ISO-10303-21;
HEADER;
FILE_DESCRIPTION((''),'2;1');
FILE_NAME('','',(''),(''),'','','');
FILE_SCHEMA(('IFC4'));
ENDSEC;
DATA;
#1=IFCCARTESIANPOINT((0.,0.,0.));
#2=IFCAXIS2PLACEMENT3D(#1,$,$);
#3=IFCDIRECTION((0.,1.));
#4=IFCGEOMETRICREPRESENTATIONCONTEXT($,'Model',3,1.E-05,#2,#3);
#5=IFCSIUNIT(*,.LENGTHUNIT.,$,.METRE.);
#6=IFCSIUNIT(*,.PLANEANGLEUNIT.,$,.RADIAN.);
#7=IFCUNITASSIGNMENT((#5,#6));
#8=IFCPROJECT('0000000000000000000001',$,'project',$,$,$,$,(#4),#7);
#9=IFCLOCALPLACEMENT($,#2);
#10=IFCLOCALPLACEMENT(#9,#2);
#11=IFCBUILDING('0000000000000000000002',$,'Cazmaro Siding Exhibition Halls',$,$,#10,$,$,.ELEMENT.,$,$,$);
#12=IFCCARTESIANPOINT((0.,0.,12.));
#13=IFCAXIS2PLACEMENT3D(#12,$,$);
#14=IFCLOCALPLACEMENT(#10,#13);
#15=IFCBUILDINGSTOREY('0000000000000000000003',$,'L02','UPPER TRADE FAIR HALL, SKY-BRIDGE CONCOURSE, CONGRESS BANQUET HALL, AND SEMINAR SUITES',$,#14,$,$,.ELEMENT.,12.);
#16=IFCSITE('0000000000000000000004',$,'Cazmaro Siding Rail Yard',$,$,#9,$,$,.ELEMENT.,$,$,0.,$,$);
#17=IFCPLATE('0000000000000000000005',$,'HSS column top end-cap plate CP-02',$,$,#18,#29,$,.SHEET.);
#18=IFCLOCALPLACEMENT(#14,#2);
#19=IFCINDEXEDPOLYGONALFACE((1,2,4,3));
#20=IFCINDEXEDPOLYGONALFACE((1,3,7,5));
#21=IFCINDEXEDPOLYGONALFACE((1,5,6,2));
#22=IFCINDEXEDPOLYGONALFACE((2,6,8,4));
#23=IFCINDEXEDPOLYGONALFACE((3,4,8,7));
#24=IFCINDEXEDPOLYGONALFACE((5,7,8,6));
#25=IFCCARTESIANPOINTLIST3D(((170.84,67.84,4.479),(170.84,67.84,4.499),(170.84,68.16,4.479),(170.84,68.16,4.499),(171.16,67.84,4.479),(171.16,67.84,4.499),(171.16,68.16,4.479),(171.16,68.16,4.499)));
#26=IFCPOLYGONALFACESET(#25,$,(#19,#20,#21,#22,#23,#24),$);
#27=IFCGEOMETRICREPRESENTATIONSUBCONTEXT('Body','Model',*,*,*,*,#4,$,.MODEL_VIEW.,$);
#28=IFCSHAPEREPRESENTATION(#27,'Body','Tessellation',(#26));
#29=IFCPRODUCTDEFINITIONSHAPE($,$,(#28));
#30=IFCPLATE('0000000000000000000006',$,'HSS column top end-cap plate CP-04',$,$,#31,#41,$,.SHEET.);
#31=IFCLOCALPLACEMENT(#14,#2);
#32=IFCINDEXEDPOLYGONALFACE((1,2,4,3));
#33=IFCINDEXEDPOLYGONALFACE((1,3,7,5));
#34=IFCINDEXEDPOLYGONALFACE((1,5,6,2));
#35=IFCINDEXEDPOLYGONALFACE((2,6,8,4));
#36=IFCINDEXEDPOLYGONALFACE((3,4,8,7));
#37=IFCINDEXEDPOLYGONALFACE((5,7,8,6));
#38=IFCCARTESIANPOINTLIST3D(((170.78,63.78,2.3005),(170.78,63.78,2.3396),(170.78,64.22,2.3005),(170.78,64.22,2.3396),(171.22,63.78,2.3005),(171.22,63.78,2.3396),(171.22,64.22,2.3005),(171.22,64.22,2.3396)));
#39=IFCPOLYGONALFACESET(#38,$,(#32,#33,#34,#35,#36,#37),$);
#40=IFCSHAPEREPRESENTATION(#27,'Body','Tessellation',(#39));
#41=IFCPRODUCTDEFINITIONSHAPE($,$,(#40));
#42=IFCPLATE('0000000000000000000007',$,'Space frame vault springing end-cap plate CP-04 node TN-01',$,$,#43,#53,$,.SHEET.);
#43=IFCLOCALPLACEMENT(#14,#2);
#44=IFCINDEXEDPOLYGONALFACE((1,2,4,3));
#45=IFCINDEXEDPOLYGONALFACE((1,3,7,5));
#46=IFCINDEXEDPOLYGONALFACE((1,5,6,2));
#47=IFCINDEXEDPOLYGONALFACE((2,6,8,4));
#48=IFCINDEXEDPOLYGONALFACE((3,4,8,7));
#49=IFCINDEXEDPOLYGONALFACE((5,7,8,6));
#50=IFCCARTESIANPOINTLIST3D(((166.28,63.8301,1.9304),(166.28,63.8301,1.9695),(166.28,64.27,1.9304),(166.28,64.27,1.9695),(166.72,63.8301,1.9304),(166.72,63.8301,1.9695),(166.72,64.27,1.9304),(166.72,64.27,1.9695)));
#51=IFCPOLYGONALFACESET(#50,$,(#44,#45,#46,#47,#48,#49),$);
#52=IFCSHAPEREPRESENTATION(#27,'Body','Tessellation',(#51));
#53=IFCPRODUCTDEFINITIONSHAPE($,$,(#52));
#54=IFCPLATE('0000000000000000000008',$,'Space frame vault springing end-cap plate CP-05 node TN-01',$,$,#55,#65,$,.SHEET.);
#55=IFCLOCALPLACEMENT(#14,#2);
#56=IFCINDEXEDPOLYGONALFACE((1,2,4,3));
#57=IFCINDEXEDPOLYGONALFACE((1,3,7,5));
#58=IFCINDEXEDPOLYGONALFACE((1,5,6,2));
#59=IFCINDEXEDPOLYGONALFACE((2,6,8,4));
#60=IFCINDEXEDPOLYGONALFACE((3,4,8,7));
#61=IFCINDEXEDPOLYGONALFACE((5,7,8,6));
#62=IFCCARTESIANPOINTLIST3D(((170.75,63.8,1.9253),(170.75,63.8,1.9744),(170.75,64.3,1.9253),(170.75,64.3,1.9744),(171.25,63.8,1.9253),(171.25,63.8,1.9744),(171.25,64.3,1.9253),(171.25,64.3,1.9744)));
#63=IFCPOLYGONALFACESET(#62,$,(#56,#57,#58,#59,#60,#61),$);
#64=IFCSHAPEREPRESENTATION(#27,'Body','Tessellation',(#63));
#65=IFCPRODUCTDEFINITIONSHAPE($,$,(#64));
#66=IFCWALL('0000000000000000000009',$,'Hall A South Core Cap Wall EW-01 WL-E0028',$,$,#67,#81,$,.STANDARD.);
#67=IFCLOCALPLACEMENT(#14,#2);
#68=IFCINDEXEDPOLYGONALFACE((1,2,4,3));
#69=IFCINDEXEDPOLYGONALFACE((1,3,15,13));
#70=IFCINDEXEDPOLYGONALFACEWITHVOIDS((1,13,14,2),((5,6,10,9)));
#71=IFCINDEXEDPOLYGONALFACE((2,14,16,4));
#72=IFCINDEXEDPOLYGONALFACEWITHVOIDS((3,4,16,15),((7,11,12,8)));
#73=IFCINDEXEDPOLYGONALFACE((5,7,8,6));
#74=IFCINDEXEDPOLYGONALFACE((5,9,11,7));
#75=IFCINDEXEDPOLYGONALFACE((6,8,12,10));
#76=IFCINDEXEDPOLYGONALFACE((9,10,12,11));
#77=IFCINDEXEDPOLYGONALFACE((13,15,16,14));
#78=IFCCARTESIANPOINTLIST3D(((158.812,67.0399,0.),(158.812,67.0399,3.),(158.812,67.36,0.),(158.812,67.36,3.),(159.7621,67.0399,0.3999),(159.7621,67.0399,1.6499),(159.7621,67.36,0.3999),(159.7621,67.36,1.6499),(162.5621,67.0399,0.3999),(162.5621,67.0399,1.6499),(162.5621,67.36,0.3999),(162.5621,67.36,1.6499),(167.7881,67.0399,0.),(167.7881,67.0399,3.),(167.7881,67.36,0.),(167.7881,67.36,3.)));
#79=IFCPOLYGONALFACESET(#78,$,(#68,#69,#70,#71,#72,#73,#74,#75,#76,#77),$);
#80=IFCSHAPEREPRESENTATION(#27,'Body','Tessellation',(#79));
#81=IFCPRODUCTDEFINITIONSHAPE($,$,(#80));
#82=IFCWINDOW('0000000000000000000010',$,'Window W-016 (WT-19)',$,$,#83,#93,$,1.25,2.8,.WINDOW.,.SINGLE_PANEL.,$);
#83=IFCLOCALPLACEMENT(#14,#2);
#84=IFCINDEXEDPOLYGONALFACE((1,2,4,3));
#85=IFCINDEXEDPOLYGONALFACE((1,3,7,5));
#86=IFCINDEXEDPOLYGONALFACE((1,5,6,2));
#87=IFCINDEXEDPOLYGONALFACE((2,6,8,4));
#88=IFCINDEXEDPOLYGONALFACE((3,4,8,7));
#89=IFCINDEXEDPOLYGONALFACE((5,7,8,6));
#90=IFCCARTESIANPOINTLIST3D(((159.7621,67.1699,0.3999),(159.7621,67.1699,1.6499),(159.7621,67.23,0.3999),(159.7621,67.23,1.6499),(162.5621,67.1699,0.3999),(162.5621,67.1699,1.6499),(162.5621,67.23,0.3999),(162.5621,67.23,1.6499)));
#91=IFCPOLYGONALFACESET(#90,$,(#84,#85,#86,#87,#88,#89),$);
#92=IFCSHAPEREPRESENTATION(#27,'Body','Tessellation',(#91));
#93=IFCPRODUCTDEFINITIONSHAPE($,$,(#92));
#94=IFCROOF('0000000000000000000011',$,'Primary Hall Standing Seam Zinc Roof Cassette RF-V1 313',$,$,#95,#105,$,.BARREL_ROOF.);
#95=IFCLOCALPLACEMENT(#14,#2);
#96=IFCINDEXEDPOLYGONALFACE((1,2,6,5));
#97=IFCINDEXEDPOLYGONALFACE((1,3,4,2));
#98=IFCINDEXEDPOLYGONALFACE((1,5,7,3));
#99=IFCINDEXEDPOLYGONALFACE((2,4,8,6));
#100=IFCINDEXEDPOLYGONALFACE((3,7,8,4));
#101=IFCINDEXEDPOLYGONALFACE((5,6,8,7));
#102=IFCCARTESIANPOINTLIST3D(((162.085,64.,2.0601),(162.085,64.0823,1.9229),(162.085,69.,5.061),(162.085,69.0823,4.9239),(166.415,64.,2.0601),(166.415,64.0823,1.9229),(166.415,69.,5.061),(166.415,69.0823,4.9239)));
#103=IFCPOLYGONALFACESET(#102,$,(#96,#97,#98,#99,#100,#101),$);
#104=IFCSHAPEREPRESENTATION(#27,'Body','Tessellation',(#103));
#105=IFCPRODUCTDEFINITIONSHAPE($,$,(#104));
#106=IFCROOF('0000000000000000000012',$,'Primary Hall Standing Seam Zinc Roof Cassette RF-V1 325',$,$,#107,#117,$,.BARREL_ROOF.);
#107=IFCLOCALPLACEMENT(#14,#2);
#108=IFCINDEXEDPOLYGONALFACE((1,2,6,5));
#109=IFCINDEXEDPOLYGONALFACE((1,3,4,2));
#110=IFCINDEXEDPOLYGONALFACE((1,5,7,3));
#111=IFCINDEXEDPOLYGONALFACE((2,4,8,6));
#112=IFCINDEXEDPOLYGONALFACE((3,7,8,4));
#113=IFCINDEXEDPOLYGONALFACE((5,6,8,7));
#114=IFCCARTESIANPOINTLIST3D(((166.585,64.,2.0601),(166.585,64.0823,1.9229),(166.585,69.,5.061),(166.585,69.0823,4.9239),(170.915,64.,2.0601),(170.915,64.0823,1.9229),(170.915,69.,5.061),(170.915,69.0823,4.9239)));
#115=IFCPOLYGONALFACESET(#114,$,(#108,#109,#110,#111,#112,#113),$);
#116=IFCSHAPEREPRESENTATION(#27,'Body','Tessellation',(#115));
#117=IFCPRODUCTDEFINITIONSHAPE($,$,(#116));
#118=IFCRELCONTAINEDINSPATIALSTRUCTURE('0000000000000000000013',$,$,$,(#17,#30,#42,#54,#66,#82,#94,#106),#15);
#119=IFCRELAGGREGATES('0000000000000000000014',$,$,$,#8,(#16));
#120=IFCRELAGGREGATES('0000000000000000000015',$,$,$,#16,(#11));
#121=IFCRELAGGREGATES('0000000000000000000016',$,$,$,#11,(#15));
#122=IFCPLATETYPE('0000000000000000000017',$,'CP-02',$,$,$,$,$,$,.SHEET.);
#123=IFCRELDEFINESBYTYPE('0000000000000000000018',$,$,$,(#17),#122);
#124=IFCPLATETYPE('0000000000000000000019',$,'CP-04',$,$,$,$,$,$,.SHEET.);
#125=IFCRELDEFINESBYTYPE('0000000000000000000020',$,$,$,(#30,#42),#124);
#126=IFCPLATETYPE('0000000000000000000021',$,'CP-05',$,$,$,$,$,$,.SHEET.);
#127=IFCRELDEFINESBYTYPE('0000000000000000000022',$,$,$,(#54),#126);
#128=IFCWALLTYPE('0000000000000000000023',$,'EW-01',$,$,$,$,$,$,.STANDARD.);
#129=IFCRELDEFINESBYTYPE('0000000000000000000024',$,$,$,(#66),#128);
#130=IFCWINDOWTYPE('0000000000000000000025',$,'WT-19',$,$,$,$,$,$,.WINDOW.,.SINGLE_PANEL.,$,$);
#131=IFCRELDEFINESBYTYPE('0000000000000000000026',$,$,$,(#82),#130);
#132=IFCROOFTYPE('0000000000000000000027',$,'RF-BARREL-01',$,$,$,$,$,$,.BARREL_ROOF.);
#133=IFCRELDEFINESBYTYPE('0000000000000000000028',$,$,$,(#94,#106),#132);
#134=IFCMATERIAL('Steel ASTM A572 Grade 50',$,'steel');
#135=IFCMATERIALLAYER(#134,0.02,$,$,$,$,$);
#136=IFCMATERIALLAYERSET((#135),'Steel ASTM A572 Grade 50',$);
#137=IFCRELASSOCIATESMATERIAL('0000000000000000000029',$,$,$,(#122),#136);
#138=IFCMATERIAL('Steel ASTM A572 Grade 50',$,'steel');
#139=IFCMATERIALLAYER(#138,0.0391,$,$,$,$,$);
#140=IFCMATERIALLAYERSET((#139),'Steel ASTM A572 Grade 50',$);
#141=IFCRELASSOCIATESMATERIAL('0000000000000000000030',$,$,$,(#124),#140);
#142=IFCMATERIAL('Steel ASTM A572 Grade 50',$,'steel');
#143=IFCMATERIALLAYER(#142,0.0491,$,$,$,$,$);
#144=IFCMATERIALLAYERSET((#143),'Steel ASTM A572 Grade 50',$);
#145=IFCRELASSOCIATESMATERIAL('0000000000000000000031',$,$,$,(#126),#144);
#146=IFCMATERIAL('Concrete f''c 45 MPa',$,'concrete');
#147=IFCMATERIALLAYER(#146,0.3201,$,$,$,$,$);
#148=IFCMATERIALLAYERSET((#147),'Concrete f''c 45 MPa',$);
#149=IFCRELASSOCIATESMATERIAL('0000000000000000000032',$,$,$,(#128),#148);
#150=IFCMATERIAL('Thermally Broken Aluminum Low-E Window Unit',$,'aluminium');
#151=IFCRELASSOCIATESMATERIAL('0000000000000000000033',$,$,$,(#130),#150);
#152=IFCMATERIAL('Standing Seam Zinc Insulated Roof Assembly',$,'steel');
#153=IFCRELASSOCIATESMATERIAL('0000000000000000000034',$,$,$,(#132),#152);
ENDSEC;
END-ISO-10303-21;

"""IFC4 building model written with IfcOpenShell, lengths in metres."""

from ifc_helpers import new_model, si_unit, direction, frame, frame_2d, origin, origin_2d, place, context, subcontext, project, spatial, polyline, rectangle, outline, extrude, material, layer, layer_set, type_object, element, fill, save


model = new_model("IFC4")

# Units and contexts
model_context = context("Model", 3, precision=1e-05, world=origin(), true_north=direction((0.0, 1.0)))
body_context = subcontext(model_context, "Body", "Model", "MODEL_VIEW")
ifc_project = project(units=[si_unit("LENGTHUNIT", "METRE"), si_unit("PLANEANGLEUNIT", "RADIAN")], contexts=[model_context])

# Site, building, storey
site_placement = place(None, origin())
site = spatial("IfcSite", under=ifc_project, at=site_placement, Name="Cazmaro Siding Rail Yard", CompositionType="ELEMENT", RefElevation=0.0)
building_placement = place(site_placement, origin())
building = spatial("IfcBuilding", under=site, at=building_placement, Name="Cazmaro Siding Exhibition Halls", CompositionType="ELEMENT")
storey_placement = place(building_placement, frame((0.0, 0.0, 12.0)))
storey = spatial("IfcBuildingStorey", under=building, at=storey_placement, Name="L02", Description="UPPER TRADE FAIR HALL, SKY-BRIDGE CONCOURSE, CONGRESS BANQUET HALL, AND SEMINAR SUITES", CompositionType="ELEMENT", Elevation=12.0)

# Plates
ifc_material_1 = material(Name="Steel ASTM A572 Grade 50", Category="steel")
ifc_layer_1 = layer(ifc_material_1, 0.02)
ifc_layer_set_1 = layer_set([ifc_layer_1], Name="Steel ASTM A572 Grade 50")
plate_type_1 = type_object("IfcPlateType", Name="CP-02", PredefinedType="SHEET", material=ifc_layer_set_1)
plate_1_placement = place(storey_placement, frame((171.0, 68.0, 4.479), z_axis=(0.0, 0.0, 1.0), x_axis=(1.0, 0.0, 0.0)))
element("IfcPlate", 1, at=plate_1_placement, inside=storey, type_object=plate_type_1, Name="HSS column top end-cap plate CP-02", PredefinedType="SHEET", context=body_context, shape_type="SweptSolid", body=[
    extrude(rectangle(XDim=0.3201, YDim=0.3201, at=origin_2d()), origin(), (0.0, 0.0, 1.0), 0.02),
])
ifc_material_2 = material(Name="Steel ASTM A572 Grade 50", Category="steel")
ifc_layer_2 = layer(ifc_material_2, 0.0391)
ifc_layer_set_2 = layer_set([ifc_layer_2], Name="Steel ASTM A572 Grade 50")
plate_type_2 = type_object("IfcPlateType", Name="CP-04", PredefinedType="SHEET", material=ifc_layer_set_2)
for number, where, z_axis, x_axis, name in (
    (2, (171.0, 64.0, 2.3005), (0.0, 0.0, 1.0), (1.0, 0.0, 0.0), "HSS column top end-cap plate CP-04"),
    (3, (166.5, 64.05, 1.9304), (0.0, 0.0, 1.0), (1.0, 0.0, 0.0), "Space frame vault springing end-cap plate CP-04 node TN-01"),
):
    element("IfcPlate", number, at=place(storey_placement, frame(where, z_axis=z_axis, x_axis=x_axis)), inside=storey, type_object=plate_type_2, Name=name, PredefinedType="SHEET", context=body_context, shape_type="SweptSolid", body=[
        extrude(rectangle(XDim=0.4399, YDim=0.4399, at=origin_2d()), origin(), (0.0, 0.0, 1.0), 0.0391),
    ])
ifc_material_3 = material(Name="Steel ASTM A572 Grade 50", Category="steel")
ifc_layer_3 = layer(ifc_material_3, 0.0491)
ifc_layer_set_3 = layer_set([ifc_layer_3], Name="Steel ASTM A572 Grade 50")
plate_type_3 = type_object("IfcPlateType", Name="CP-05", PredefinedType="SHEET", material=ifc_layer_set_3)
plate_2_placement = place(storey_placement, frame((171.0, 64.05, 1.9253), z_axis=(0.0, 0.0, 1.0), x_axis=(1.0, 0.0, 0.0)))
element("IfcPlate", 4, at=plate_2_placement, inside=storey, type_object=plate_type_3, Name="Space frame vault springing end-cap plate CP-05 node TN-01", PredefinedType="SHEET", context=body_context, shape_type="SweptSolid", body=[
    extrude(rectangle(XDim=0.5, YDim=0.5, at=origin_2d()), origin(), (0.0, 0.0, 1.0), 0.0491),
])

# Wall, opening, window
ifc_material_4 = material(Name="Concrete f'c 45 MPa", Category="concrete")
ifc_layer_4 = layer(ifc_material_4, 0.3201)
ifc_layer_set_4 = layer_set([ifc_layer_4], Name="Concrete f'c 45 MPa")
wall_type = type_object("IfcWallType", Name="EW-01", PredefinedType="STANDARD", material=ifc_layer_set_4)
wall_placement = place(storey_placement, frame((167.7881, 67.2, 0.0), z_axis=(0.0, 0.0, 1.0), x_axis=(-1.0, 0.0, 0.0)))
wall = element("IfcWall", 5, at=wall_placement, inside=storey, type_object=wall_type, Name="Hall A South Core Cap Wall EW-01 WL-E0028", PredefinedType="STANDARD", context=body_context, shape_type="SweptSolid", body=[
    extrude(rectangle(XDim=8.9761, YDim=0.3201, at=frame_2d((4.488, 0.0))), origin(), (0.0, 0.0, 1.0), 3.0),
])
opening_placement = place(wall_placement, frame((5.2261, 0.0, 0.3999)))
opening = element("IfcOpeningElement", 6, at=opening_placement, cuts=wall, PredefinedType="OPENING", context=body_context, shape_type="SweptSolid", body=[
    extrude(rectangle(XDim=2.8, YDim=1.25, at=frame_2d((1.3999, 0.625))), frame((0.0, 0.1699, 0.0), z_axis=(0.0, -1.0, 0.0), x_axis=(1.0, 0.0, 0.0)), (0.0, 0.0, 1.0), 0.3401),
])
ifc_material_5 = material(Name="Thermally Broken Aluminum Low-E Window Unit", Category="aluminium")
window_type = type_object("IfcWindowType", Name="WT-19", PartitioningType="SINGLE_PANEL", PredefinedType="WINDOW", material=ifc_material_5)
window_placement = place(opening_placement, origin())
window = element("IfcWindow", 7, at=window_placement, inside=storey, type_object=window_type, Name="Window W-016 (WT-19)", OverallHeight=1.25, OverallWidth=2.8, PartitioningType="SINGLE_PANEL", PredefinedType="WINDOW", context=body_context, shape_type="SweptSolid", body=[
    extrude(rectangle(XDim=2.8, YDim=1.25, at=frame_2d((1.3999, 0.625))), frame((0.0, 0.03, 0.0), z_axis=(0.0, -1.0, 0.0), x_axis=(1.0, 0.0, 0.0)), (0.0, 0.0, 1.0), 0.0601),
])
fill(opening, window)

# Roofs
ifc_material_6 = material(Name="Standing Seam Zinc Insulated Roof Assembly", Category="steel")
roof_type = type_object("IfcRoofType", Name="RF-BARREL-01", PredefinedType="BARREL_ROOF", material=ifc_material_6)
for number, where, z_axis, x_axis, name in (
    (8, (162.085, 64.0, 2.0601), (0.0, -0.514619, 0.857419), (1.0, 0.0, 0.0), "Primary Hall Standing Seam Zinc Roof Cassette RF-V1 313"),
    (9, (166.585, 64.0, 2.0601), (0.0, -0.514619, 0.857419), (1.0, 0.0, 0.0), "Primary Hall Standing Seam Zinc Roof Cassette RF-V1 325"),
):
    element("IfcRoof", number, at=place(storey_placement, frame(where, z_axis=z_axis, x_axis=x_axis)), inside=storey, type_object=roof_type, Name=name, PredefinedType="BARREL_ROOF", context=body_context, shape_type="SweptSolid", body=[
        extrude(outline(polyline([(0.0, 0.0), (4.3301, 0.0), (4.3301, 5.8315), (0.0, 5.8315), (0.0, 0.0)])), origin(), (0.0, 0.0, -1.0), 0.1599),
    ])

save(model, "model.ifc")
